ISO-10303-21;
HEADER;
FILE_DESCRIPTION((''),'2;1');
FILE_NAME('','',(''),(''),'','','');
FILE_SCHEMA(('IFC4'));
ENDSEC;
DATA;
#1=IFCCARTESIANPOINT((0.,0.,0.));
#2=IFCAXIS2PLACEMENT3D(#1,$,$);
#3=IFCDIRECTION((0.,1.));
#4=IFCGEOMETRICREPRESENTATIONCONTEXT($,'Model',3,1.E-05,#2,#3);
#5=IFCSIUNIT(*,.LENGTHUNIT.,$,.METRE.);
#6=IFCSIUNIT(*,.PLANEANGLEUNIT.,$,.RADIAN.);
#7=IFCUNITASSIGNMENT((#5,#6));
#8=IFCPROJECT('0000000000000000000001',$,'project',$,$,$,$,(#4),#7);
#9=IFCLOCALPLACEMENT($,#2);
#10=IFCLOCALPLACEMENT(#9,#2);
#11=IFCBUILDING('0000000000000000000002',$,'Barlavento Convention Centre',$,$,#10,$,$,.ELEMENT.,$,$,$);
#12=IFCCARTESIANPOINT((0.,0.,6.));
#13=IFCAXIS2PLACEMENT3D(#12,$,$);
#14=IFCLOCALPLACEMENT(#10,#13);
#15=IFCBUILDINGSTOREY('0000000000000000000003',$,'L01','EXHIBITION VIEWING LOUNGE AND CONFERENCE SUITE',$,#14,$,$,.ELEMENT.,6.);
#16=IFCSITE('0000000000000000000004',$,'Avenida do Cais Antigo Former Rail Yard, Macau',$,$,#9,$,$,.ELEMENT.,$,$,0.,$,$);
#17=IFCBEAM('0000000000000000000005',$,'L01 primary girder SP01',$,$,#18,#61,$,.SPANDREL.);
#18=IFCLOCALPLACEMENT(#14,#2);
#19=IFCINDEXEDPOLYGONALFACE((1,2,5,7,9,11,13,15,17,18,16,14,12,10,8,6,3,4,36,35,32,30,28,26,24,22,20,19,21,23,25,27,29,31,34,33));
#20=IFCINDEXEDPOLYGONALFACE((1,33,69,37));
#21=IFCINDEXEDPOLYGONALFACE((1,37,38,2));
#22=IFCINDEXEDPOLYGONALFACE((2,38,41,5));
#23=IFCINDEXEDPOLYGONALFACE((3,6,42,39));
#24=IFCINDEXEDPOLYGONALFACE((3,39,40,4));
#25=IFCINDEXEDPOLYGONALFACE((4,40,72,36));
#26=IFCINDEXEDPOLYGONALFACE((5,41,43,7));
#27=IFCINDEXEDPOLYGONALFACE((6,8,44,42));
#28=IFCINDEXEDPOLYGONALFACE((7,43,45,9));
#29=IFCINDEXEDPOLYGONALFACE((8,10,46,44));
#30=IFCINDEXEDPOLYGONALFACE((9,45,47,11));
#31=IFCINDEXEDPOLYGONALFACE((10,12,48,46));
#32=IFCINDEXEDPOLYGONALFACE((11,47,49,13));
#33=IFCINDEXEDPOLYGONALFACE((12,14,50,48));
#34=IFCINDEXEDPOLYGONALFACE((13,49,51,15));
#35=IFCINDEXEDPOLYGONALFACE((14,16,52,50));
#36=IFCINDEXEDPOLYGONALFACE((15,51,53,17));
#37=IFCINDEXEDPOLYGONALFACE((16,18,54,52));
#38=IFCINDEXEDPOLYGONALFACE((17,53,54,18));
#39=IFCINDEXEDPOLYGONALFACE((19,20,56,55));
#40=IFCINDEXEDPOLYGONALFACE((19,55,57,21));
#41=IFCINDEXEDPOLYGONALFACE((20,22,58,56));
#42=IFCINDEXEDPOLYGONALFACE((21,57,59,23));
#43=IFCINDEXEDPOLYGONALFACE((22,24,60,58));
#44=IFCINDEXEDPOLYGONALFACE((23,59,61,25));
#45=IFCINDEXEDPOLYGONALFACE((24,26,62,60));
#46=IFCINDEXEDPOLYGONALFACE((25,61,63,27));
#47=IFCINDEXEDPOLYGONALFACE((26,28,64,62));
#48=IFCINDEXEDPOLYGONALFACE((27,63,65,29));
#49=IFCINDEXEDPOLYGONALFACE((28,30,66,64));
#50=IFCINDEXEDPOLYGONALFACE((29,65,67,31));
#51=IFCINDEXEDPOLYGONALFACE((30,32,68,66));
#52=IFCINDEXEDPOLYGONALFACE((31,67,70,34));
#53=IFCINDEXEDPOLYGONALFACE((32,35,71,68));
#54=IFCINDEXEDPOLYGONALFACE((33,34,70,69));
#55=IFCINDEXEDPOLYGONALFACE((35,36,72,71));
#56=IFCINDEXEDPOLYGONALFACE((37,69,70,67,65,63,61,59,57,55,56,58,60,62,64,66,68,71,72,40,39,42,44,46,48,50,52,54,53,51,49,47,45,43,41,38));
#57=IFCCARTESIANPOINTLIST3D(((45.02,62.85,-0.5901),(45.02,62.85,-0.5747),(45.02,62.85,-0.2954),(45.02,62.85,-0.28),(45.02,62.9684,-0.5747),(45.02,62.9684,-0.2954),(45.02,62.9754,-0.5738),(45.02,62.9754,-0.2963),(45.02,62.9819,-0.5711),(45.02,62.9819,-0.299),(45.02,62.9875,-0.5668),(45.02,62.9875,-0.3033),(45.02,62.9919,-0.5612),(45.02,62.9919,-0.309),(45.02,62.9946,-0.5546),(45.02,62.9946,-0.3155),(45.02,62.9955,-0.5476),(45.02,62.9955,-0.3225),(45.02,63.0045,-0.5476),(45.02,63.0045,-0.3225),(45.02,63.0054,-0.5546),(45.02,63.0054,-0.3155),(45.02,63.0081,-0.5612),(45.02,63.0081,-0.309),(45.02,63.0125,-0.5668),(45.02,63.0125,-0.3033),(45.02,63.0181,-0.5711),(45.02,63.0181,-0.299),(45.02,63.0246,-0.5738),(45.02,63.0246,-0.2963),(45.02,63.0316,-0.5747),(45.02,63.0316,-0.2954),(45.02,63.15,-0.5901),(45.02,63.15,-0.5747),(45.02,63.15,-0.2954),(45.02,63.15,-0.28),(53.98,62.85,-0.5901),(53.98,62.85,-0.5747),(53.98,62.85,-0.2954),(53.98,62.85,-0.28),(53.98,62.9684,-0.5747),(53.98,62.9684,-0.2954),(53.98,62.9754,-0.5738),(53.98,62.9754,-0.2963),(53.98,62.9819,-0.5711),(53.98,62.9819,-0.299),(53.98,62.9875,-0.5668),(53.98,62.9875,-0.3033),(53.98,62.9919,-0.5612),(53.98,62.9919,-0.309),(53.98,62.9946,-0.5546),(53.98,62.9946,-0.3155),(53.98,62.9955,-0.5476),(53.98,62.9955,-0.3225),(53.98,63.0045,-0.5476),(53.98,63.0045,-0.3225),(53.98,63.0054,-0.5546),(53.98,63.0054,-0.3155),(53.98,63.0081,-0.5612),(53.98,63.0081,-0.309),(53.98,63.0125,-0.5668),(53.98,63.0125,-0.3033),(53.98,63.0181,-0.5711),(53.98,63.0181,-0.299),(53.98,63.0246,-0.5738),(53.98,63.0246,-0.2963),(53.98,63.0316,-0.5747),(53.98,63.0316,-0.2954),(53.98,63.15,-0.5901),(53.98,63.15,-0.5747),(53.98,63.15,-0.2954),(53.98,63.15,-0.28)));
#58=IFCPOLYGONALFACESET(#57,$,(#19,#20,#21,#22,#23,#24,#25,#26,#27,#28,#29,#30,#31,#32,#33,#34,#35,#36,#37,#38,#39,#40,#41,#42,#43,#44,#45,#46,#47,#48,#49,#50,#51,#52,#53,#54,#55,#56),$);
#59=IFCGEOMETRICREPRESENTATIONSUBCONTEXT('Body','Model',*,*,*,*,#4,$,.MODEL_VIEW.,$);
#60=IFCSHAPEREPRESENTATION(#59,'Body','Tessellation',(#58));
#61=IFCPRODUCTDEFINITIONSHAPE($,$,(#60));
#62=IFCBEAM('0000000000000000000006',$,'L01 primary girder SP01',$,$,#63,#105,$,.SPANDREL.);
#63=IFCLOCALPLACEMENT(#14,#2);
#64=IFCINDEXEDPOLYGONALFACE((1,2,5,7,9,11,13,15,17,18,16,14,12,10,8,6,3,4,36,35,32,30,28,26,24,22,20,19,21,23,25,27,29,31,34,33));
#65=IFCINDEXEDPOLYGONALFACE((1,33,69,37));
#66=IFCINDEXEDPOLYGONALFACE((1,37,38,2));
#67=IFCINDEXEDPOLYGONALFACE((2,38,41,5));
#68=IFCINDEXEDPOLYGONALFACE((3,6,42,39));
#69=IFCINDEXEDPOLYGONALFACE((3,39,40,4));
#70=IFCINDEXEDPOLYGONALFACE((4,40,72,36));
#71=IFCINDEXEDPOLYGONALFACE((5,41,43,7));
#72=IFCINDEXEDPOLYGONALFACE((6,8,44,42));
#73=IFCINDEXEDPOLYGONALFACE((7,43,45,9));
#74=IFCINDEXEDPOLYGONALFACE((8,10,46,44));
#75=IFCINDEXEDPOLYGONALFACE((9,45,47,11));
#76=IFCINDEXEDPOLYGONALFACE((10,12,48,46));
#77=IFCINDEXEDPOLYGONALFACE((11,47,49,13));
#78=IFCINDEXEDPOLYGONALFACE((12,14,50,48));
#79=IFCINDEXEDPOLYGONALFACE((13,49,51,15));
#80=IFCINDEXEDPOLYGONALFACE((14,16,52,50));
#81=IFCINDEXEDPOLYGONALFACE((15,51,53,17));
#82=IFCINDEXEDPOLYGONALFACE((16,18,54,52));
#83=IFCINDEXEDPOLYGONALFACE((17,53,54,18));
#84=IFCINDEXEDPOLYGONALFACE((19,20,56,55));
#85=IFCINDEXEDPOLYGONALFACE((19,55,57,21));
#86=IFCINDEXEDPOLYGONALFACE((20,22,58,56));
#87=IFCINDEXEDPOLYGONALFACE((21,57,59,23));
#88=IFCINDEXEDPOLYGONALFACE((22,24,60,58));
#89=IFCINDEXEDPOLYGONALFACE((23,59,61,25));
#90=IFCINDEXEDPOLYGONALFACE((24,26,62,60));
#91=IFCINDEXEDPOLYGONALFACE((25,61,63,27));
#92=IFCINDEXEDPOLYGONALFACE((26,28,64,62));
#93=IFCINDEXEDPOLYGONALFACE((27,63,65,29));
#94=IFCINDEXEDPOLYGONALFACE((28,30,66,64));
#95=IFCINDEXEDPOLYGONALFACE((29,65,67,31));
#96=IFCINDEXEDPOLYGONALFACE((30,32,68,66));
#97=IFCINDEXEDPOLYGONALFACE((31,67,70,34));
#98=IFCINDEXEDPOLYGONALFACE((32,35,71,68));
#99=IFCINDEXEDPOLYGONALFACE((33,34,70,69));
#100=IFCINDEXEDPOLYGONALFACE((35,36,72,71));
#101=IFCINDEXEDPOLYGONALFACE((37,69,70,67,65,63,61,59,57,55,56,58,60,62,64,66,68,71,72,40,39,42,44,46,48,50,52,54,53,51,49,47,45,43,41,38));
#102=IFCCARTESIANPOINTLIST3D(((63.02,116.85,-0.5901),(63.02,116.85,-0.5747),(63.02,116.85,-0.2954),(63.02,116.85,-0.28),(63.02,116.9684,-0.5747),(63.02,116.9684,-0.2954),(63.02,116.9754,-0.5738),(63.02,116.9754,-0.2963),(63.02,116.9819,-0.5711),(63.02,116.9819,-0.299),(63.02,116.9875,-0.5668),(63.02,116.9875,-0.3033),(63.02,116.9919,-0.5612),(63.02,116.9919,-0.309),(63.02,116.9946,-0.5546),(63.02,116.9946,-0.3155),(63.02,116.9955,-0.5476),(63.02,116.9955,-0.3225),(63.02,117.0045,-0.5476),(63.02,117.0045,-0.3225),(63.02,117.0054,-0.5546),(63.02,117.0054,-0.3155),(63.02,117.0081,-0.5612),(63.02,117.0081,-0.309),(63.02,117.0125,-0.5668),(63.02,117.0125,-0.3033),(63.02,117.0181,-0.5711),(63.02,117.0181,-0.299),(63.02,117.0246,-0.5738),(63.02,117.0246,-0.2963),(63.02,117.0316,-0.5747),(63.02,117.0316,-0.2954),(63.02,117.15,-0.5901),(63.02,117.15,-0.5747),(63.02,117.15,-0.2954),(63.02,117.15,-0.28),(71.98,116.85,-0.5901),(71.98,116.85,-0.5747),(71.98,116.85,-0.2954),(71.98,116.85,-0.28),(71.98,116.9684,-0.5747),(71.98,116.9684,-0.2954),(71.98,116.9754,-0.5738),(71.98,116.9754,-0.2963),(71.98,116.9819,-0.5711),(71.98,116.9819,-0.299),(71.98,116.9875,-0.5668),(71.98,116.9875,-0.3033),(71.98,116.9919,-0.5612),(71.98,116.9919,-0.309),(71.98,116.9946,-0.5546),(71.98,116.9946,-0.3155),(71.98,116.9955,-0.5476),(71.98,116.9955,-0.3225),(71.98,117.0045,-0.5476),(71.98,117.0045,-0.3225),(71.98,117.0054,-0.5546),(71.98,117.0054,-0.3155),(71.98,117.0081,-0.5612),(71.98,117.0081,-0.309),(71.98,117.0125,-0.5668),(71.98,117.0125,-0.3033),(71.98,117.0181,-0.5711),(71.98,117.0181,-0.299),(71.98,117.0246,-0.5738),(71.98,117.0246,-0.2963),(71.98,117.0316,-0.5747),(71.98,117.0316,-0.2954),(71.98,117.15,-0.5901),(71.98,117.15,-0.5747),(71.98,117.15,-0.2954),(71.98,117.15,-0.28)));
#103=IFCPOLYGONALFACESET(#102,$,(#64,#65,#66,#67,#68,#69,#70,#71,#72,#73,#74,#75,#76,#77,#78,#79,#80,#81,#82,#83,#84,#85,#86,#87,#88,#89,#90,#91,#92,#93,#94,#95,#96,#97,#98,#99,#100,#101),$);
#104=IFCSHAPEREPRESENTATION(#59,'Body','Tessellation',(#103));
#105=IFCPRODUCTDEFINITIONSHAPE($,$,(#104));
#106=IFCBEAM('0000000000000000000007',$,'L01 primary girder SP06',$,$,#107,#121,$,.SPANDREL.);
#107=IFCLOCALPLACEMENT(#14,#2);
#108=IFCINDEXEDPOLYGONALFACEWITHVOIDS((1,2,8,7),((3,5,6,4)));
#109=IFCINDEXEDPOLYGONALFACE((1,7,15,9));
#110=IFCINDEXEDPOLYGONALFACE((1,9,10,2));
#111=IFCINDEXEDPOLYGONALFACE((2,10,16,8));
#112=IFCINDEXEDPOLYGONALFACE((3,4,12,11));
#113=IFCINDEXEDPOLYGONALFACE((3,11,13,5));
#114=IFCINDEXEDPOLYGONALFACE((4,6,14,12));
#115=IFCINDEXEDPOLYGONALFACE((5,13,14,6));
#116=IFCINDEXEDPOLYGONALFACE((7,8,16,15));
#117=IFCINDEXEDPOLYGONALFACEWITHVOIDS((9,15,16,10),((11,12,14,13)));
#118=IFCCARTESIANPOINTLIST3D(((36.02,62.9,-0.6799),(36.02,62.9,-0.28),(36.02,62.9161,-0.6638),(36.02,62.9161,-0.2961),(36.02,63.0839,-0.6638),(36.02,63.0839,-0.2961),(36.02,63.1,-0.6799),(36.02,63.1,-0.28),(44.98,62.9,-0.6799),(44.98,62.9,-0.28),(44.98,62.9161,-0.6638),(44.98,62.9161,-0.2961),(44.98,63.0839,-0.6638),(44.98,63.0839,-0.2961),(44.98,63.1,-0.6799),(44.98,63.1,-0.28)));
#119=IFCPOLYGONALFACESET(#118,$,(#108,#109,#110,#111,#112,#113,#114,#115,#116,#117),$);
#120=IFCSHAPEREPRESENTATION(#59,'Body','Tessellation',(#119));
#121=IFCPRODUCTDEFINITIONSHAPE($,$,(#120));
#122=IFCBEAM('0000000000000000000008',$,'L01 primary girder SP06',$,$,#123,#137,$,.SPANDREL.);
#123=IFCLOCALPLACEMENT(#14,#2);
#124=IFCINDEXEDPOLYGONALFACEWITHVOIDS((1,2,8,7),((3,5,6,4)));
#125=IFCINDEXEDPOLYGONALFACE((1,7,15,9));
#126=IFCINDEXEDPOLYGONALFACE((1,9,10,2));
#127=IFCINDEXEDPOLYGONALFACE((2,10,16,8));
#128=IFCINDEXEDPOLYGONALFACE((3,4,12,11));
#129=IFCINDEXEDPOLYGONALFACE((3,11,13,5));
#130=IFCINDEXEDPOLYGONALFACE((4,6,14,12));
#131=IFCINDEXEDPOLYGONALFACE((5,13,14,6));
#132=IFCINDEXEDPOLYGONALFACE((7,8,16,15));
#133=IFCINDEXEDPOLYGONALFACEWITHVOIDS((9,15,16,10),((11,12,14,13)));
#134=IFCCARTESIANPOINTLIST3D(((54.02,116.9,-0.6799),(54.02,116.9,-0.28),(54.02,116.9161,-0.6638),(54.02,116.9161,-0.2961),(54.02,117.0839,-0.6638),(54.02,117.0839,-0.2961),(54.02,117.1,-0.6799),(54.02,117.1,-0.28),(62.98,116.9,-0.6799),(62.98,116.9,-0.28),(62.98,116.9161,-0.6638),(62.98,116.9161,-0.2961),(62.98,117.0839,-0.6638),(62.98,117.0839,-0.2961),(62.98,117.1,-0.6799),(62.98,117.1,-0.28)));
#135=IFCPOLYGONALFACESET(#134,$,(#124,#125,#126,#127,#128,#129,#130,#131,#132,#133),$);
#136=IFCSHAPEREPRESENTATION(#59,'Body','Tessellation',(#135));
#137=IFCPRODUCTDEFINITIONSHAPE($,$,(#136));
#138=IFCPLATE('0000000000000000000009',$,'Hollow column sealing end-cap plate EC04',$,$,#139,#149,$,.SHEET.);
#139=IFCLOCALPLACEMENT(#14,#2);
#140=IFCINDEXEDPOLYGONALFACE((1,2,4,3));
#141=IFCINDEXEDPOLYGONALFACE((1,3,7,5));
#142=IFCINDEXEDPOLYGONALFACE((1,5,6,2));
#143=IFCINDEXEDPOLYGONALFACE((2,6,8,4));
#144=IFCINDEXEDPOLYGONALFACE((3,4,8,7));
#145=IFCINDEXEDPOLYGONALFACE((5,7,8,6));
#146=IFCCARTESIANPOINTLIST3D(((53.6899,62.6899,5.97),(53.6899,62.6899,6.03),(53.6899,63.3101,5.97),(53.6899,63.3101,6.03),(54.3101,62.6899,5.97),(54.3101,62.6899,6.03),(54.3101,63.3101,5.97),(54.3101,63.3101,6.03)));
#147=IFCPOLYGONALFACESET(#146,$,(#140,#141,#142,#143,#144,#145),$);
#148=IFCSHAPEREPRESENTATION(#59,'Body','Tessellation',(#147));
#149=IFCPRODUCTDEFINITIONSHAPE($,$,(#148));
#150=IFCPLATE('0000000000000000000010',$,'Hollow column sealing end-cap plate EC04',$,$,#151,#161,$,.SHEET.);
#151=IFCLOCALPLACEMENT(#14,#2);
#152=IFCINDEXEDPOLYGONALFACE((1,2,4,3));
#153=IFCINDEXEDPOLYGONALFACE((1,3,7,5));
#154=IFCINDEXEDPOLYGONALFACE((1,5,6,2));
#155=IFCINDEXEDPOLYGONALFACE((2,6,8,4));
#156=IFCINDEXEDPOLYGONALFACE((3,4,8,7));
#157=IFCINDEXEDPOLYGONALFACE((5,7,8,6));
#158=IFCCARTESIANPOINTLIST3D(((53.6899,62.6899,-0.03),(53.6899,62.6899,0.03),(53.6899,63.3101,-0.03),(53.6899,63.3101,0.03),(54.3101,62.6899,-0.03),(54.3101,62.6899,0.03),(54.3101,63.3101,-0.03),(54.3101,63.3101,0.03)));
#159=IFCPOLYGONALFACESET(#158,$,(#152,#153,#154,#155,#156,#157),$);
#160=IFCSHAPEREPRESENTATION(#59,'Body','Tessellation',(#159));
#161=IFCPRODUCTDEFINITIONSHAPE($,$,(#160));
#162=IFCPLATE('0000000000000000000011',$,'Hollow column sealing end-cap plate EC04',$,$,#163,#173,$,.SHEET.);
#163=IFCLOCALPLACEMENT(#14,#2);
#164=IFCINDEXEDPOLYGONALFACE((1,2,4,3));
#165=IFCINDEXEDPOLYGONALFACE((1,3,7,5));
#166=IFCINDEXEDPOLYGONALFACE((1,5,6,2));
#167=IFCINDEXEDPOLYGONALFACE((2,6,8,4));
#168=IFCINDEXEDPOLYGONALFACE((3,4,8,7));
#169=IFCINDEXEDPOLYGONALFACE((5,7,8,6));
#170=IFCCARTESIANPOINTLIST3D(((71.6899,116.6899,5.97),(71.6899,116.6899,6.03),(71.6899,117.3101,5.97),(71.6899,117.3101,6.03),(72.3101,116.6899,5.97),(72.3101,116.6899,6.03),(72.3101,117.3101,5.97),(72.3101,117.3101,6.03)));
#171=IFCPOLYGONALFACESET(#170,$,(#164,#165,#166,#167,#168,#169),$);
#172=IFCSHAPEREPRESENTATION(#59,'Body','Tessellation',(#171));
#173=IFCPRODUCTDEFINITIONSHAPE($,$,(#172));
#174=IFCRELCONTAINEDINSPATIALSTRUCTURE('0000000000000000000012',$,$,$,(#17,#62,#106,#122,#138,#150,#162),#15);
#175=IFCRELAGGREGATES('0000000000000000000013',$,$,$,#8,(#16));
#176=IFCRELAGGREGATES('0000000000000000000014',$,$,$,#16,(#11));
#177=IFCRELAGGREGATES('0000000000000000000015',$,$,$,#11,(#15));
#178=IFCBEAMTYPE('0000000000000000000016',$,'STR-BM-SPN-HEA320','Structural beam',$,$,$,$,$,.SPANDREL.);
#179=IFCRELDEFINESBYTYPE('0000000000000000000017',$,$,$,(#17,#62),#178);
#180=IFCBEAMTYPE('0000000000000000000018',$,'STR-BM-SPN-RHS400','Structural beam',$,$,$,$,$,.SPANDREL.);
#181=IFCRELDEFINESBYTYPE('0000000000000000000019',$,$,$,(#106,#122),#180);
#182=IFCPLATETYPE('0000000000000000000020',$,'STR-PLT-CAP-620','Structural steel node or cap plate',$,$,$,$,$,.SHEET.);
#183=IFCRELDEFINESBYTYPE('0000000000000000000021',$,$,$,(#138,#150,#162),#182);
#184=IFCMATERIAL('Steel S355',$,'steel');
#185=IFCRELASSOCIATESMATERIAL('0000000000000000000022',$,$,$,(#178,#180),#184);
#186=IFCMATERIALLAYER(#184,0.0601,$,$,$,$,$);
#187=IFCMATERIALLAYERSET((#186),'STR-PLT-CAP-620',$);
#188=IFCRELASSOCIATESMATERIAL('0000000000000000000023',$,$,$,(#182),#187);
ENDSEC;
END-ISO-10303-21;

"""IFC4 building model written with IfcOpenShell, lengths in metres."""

from ifc_helpers import new_model, si_unit, direction, frame, origin, origin_2d, place, context, subcontext, project, spatial, rectangle, hollow_rectangle, i_section, extrude, material, layer, layer_set, material_profile, profile_set, type_object, element, save


model = new_model("IFC4")

# Units and contexts
model_context = context("Model", 3, precision=1e-05, world=origin(), true_north=direction((0.0, 1.0)))
body_context = subcontext(model_context, "Body", "Model", "MODEL_VIEW")
ifc_project = project(units=[si_unit("LENGTHUNIT", "METRE"), si_unit("PLANEANGLEUNIT", "RADIAN")], contexts=[model_context])

# Site, building, storey
site_placement = place(None, origin())
site = spatial("IfcSite", under=ifc_project, at=site_placement, Name="Avenida do Cais Antigo Former Rail Yard, Macau", CompositionType="ELEMENT", RefElevation=0.0)
building_placement = place(site_placement, origin())
building = spatial("IfcBuilding", under=site, at=building_placement, Name="Barlavento Convention Centre", CompositionType="ELEMENT")
storey_placement = place(building_placement, frame((0.0, 0.0, 6.0)))
storey = spatial("IfcBuildingStorey", under=building, at=storey_placement, Name="L01", Description="EXHIBITION VIEWING LOUNGE AND CONFERENCE SUITE", CompositionType="ELEMENT", Elevation=6.0)

# Shared definitions
ifc_material_1 = material(Name="Steel S355", Category="steel")

# Beams
ifc_material_profile_1 = material_profile(ifc_material_1, i_section(OverallWidth=0.3, OverallDepth=0.3101, WebThickness=0.009, FlangeThickness=0.0154, FilletRadius=0.0271, at=origin_2d()), Name="HEA 320")
ifc_profile_set_1 = profile_set([ifc_material_profile_1], Name="Steel S355")
beam_type_1 = type_object("IfcBeamType", Name="STR-BM-SPN-HEA320", Description="Structural beam", PredefinedType="SPANDREL", material=ifc_profile_set_1)
for number, where, z_axis, x_axis, name in (
    (1, (45.02, 63.0, -0.4351), (1.0, 0.0, 0.0), (0.0, 1.0, 0.0), "L01 primary girder SP01"),
    (2, (63.02, 117.0, -0.4351), (1.0, 0.0, 0.0), (0.0, 1.0, 0.0), "L01 primary girder SP01"),
):
    element("IfcBeam", number, at=place(storey_placement, frame(where, z_axis=z_axis, x_axis=x_axis)), inside=storey, type_object=beam_type_1, Name=name, PredefinedType="SPANDREL", context=body_context, shape_type="SweptSolid", body=[
        extrude(i_section(OverallWidth=0.3, OverallDepth=0.3101, WebThickness=0.009, FlangeThickness=0.0154, FilletRadius=0.0271, at=origin_2d()), origin(), (0.0, 0.0, 1.0), 8.96),
    ])
ifc_material_profile_2 = material_profile(ifc_material_1, hollow_rectangle(XDim=0.2, YDim=0.3999, WallThickness=0.0161, at=origin_2d()), Name="RHS 400x200x16.0")
ifc_profile_set_2 = profile_set([ifc_material_profile_2], Name="Steel S355")
beam_type_2 = type_object("IfcBeamType", Name="STR-BM-SPN-RHS400", Description="Structural beam", PredefinedType="SPANDREL", material=ifc_profile_set_2)
for number, where, z_axis, x_axis, name in (
    (3, (36.02, 63.0, -0.48), (1.0, 0.0, 0.0), (0.0, 1.0, 0.0), "L01 primary girder SP06"),
    (4, (54.02, 117.0, -0.48), (1.0, 0.0, 0.0), (0.0, 1.0, 0.0), "L01 primary girder SP06"),
):
    element("IfcBeam", number, at=place(storey_placement, frame(where, z_axis=z_axis, x_axis=x_axis)), inside=storey, type_object=beam_type_2, Name=name, PredefinedType="SPANDREL", context=body_context, shape_type="SweptSolid", body=[
        extrude(hollow_rectangle(XDim=0.2, YDim=0.3999, WallThickness=0.0161, at=origin_2d()), origin(), (0.0, 0.0, 1.0), 8.96),
    ])

# Plates
ifc_layer = layer(ifc_material_1, 0.0601)
ifc_layer_set = layer_set([ifc_layer], Name="STR-PLT-CAP-620")
plate_type = type_object("IfcPlateType", Name="STR-PLT-CAP-620", Description="Structural steel node or cap plate", PredefinedType="SHEET", material=ifc_layer_set)
for number, where, z_axis, x_axis, name in (
    (5, (54.0, 63.0, 5.97), (0.0, 0.0, 1.0), (1.0, 0.0, 0.0), "Hollow column sealing end-cap plate EC04"),
    (6, (54.0, 63.0, -0.03), (0.0, 0.0, 1.0), (1.0, 0.0, 0.0), "Hollow column sealing end-cap plate EC04"),
    (7, (72.0, 117.0, 5.97), (0.0, 0.0, 1.0), (1.0, 0.0, 0.0), "Hollow column sealing end-cap plate EC04"),
):
    element("IfcPlate", number, at=place(storey_placement, frame(where, z_axis=z_axis, x_axis=x_axis)), inside=storey, type_object=plate_type, Name=name, PredefinedType="SHEET", context=body_context, shape_type="SweptSolid", body=[
        extrude(rectangle(XDim=0.6201, YDim=0.6201, at=origin_2d()), origin(), (0.0, 0.0, 1.0), 0.0601),
    ])

save(model, "model.ifc")
